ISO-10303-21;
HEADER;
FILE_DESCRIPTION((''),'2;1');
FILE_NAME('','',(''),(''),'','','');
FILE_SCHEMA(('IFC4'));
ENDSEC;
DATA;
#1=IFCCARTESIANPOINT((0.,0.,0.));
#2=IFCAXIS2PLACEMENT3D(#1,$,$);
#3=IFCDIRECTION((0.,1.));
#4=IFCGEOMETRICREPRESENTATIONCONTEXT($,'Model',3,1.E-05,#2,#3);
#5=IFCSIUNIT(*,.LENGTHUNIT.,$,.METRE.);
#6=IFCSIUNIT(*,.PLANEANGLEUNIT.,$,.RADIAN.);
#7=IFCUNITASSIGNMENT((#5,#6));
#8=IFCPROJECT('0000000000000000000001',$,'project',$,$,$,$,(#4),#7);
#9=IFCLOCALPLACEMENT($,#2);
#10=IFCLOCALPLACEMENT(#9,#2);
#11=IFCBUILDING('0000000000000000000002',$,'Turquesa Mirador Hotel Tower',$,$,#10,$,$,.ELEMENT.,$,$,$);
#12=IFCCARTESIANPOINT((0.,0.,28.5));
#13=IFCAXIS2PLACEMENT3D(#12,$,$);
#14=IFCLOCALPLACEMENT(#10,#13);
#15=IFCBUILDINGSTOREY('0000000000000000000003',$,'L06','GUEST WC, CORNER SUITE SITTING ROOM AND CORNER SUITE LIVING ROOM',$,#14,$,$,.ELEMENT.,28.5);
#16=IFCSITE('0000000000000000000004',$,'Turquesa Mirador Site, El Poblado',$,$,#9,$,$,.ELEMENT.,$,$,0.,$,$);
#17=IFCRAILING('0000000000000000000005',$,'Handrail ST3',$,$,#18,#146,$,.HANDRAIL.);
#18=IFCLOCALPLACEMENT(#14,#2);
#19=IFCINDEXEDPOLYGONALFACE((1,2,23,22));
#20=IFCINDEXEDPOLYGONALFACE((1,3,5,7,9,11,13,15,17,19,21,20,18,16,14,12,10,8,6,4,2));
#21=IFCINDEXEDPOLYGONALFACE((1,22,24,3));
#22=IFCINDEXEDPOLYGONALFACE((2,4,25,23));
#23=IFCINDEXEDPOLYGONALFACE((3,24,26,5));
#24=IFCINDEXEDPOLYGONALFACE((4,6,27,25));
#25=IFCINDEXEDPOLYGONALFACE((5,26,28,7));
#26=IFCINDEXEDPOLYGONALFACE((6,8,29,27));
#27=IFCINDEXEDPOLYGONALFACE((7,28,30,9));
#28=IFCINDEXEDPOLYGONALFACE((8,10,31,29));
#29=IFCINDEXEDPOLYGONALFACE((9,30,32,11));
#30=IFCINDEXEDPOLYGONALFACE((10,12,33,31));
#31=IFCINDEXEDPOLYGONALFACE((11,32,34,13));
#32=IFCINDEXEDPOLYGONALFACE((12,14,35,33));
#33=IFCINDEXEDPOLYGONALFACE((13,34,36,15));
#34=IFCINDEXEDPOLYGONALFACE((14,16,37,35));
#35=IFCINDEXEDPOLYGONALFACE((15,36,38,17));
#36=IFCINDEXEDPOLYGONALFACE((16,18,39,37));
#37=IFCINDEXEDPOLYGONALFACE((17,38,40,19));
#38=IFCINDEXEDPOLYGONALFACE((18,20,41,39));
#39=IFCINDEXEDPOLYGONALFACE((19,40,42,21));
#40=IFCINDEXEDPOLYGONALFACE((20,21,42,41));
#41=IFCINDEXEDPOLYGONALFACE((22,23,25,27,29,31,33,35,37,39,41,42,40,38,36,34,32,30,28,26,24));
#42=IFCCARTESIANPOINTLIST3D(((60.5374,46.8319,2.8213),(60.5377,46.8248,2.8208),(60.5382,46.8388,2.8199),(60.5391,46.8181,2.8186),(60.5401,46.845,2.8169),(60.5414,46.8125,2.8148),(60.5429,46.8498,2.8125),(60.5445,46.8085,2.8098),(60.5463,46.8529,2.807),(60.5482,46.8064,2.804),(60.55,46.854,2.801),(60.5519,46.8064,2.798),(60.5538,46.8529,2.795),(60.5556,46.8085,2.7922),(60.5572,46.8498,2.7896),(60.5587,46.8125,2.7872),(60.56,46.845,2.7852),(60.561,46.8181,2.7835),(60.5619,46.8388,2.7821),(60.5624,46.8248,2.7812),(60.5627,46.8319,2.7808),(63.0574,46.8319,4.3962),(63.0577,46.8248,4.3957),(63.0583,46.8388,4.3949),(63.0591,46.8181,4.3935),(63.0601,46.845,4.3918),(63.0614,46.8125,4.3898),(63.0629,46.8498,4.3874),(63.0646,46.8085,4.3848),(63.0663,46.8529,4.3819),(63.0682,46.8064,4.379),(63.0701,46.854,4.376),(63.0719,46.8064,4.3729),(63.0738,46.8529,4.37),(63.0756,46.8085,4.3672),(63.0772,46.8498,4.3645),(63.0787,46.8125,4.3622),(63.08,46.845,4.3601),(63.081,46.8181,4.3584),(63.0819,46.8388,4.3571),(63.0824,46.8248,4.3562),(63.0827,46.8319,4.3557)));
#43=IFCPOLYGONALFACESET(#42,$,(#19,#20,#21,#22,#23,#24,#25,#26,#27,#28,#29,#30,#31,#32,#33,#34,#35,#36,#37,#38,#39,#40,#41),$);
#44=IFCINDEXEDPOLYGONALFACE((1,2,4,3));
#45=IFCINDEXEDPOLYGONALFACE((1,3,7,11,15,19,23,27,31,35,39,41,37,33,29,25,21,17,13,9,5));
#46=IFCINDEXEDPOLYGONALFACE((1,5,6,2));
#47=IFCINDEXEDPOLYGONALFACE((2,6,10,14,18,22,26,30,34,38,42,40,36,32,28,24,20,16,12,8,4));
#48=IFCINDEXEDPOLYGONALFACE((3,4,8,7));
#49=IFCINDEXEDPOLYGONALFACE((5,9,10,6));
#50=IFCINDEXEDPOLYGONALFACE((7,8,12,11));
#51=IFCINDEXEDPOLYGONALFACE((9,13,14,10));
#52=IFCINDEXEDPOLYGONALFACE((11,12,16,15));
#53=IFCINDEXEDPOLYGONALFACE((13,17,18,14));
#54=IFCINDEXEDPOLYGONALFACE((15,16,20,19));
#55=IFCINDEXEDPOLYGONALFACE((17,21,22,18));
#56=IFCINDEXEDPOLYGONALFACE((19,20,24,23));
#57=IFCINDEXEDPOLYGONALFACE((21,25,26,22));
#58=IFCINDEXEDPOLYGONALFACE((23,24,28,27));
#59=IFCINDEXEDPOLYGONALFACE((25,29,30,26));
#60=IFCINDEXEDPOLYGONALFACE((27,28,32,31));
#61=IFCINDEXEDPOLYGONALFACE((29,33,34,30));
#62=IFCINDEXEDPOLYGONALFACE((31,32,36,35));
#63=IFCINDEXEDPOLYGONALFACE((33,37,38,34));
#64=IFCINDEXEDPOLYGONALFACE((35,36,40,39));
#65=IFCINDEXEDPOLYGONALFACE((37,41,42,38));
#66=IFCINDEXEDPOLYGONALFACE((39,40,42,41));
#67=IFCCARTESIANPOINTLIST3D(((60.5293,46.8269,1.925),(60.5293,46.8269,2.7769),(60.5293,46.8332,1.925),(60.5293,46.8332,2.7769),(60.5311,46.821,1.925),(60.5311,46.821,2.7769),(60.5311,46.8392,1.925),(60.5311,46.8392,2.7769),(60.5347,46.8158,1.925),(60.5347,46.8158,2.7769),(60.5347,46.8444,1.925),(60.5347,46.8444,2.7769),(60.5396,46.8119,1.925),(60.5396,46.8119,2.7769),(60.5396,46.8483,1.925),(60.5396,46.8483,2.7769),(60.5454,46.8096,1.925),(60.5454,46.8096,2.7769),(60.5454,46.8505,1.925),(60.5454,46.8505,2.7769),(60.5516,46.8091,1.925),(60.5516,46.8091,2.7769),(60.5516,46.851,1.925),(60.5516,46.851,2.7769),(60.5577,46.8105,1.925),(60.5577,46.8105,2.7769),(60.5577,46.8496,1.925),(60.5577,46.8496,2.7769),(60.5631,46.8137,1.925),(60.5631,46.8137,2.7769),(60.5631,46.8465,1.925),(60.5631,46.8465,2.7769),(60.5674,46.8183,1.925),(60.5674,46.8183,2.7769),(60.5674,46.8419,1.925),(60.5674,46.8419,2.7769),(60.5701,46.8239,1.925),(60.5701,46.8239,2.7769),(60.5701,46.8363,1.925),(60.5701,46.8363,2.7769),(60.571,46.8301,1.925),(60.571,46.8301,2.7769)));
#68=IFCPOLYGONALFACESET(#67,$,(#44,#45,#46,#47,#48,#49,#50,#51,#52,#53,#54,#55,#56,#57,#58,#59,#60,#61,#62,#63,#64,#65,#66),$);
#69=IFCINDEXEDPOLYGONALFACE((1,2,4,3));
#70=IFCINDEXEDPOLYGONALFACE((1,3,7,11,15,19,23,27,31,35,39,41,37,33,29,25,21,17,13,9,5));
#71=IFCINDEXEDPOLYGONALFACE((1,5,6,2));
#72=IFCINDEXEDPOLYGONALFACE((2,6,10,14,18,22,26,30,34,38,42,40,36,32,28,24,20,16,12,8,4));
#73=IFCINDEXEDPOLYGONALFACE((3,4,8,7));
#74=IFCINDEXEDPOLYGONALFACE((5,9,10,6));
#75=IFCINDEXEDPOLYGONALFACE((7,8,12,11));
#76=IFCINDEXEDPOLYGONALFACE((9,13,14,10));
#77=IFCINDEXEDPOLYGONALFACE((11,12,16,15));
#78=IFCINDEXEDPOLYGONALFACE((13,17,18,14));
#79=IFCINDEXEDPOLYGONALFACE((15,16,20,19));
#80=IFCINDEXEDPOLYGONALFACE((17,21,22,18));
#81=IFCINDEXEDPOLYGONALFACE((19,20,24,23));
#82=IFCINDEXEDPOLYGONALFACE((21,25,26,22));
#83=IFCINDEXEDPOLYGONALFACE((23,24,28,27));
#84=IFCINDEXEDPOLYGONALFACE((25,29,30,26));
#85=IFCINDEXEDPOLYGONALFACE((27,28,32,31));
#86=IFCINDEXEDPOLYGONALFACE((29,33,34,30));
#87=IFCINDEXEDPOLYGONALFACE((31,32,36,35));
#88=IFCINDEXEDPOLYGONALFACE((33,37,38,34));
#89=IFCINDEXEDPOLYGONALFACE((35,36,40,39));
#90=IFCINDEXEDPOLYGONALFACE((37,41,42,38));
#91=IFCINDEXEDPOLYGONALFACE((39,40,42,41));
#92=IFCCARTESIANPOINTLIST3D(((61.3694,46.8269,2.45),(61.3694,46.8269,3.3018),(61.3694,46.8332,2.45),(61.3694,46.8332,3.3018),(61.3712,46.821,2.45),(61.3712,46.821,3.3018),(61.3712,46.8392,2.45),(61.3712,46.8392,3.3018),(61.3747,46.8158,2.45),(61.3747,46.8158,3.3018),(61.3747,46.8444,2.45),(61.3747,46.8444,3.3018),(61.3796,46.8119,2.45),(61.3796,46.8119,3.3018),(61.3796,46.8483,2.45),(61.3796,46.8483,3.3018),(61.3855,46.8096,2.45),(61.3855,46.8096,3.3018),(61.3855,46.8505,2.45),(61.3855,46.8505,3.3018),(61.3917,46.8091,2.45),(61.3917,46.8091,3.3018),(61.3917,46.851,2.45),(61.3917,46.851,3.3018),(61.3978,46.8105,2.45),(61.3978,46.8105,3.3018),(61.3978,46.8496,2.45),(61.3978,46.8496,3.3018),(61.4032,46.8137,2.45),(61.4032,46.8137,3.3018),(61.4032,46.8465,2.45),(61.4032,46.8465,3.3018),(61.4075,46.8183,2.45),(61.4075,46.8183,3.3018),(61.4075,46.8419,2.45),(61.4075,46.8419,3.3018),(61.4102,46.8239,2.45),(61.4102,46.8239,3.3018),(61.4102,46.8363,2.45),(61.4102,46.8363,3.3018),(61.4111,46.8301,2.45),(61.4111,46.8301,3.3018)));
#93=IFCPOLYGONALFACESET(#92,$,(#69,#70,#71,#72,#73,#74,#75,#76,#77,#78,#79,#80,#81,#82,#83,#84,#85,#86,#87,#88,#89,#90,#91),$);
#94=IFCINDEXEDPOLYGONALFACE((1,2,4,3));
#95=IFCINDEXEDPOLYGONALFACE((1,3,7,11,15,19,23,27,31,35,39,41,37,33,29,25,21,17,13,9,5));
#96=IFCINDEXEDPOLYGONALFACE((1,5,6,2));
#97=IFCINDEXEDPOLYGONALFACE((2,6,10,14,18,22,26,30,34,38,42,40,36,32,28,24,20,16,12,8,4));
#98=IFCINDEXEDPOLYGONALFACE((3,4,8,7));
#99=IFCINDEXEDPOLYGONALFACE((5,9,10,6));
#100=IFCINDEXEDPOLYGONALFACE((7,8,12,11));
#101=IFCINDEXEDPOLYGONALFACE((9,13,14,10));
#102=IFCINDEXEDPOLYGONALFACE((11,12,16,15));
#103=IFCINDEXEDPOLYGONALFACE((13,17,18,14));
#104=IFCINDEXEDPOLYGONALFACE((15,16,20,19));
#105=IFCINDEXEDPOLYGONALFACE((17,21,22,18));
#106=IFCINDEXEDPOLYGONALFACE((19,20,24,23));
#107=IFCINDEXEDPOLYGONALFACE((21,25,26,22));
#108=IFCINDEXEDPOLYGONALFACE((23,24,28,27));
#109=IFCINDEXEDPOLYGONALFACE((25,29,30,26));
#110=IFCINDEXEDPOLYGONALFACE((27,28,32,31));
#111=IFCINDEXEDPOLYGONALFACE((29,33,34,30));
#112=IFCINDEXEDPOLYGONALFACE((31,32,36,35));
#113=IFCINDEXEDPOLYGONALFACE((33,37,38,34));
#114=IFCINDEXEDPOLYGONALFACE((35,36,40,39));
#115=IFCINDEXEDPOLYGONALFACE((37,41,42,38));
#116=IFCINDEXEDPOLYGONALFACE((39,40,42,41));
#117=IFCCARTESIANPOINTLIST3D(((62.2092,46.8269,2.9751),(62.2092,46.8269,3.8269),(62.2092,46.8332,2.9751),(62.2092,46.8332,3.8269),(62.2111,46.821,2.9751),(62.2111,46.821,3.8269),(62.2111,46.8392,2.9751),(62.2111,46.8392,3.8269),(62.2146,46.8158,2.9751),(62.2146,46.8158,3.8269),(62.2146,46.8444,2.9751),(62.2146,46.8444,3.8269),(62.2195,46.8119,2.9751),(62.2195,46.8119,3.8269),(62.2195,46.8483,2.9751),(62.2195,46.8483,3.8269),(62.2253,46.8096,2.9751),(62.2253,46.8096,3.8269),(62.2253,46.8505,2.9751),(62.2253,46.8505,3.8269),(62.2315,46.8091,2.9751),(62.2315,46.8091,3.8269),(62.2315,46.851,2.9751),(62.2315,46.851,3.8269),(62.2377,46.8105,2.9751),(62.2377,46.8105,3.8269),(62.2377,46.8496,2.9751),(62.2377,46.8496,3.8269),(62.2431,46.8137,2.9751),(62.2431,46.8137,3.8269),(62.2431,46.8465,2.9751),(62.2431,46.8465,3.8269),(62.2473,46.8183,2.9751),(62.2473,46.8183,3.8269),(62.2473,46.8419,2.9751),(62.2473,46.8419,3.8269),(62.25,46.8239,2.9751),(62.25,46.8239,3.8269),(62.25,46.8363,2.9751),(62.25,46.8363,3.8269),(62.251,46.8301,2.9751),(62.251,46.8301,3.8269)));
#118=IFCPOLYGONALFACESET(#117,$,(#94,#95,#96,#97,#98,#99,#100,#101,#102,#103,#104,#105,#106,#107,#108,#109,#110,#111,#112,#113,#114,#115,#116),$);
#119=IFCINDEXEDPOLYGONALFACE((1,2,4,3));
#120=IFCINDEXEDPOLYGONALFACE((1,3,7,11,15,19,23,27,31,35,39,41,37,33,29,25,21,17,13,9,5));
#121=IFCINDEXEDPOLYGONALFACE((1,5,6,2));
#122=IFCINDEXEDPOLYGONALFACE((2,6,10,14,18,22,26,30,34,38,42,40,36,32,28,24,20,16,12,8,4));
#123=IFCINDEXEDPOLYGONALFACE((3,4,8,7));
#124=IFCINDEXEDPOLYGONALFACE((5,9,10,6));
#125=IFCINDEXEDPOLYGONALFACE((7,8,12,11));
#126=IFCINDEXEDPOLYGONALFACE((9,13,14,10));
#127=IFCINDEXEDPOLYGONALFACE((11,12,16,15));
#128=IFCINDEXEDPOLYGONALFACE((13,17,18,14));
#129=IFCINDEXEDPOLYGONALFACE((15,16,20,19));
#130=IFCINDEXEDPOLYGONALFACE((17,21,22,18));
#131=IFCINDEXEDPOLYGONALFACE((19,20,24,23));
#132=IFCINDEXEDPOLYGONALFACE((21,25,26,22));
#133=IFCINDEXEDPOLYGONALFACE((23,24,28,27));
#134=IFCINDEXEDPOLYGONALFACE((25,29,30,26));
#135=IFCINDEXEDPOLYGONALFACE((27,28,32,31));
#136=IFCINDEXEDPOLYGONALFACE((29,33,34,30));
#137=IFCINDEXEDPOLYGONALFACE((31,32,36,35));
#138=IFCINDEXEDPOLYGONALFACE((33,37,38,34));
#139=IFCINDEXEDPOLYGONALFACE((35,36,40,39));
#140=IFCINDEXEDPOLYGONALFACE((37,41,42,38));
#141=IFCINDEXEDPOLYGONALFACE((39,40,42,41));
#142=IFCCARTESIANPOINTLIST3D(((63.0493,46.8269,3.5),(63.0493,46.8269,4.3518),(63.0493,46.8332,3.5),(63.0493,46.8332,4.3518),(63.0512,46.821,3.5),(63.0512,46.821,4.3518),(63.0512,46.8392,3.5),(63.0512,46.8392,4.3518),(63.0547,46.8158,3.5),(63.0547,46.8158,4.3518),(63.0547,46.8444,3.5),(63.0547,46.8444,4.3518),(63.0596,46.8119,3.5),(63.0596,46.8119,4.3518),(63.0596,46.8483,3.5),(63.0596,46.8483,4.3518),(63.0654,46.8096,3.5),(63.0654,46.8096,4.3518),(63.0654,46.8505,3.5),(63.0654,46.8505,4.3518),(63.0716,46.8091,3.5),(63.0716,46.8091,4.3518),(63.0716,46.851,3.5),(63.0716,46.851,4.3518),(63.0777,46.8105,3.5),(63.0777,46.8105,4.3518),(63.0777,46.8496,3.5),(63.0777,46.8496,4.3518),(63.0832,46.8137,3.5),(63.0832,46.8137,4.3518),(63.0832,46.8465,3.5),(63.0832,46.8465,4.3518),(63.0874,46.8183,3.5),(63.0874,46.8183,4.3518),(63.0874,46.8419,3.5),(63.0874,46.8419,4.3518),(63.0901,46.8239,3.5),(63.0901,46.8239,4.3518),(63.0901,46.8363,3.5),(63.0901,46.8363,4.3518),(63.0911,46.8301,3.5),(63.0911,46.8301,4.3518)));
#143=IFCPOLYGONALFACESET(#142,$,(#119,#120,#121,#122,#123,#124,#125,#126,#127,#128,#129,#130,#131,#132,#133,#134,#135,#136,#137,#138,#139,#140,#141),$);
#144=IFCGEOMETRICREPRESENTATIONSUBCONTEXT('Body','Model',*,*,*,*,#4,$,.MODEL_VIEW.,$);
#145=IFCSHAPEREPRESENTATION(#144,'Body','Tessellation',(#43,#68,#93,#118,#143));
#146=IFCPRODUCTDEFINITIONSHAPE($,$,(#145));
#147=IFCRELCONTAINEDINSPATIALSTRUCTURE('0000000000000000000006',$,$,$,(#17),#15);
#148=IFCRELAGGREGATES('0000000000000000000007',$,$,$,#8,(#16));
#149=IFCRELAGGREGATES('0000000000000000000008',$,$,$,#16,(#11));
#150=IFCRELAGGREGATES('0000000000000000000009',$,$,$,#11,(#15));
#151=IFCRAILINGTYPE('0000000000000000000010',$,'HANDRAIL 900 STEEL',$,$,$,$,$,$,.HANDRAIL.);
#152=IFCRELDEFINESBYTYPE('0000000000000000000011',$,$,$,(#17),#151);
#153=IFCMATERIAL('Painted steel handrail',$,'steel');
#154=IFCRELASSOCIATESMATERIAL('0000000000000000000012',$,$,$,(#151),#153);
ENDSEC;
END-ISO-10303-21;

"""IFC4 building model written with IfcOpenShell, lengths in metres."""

from ifc_helpers import new_model, si_unit, direction, frame, origin, origin_2d, place, context, subcontext, project, spatial, circle, extrude, material, type_object, element, save


model = new_model("IFC4")

# Units and contexts
model_context = context("Model", 3, precision=1e-05, world=origin(), true_north=direction((0.0, 1.0)))
body_context = subcontext(model_context, "Body", "Model", "MODEL_VIEW")
ifc_project = project(units=[si_unit("LENGTHUNIT", "METRE"), si_unit("PLANEANGLEUNIT", "RADIAN")], contexts=[model_context])

# Site, building, storey
site_placement = place(None, origin())
site = spatial("IfcSite", under=ifc_project, at=site_placement, Name="Turquesa Mirador Site, El Poblado", CompositionType="ELEMENT", RefElevation=0.0)
building_placement = place(site_placement, origin())
building = spatial("IfcBuilding", under=site, at=building_placement, Name="Turquesa Mirador Hotel Tower", CompositionType="ELEMENT")
storey_placement = place(building_placement, frame((0.0, 0.0, 28.5)))
storey = spatial("IfcBuildingStorey", under=building, at=storey_placement, Name="L06", Description="GUEST WC, CORNER SUITE SITTING ROOM AND CORNER SUITE LIVING ROOM", CompositionType="ELEMENT", Elevation=28.5)

# Railing
ifc_material_1 = material(Name="Painted steel handrail", Category="steel")
railing_type = type_object("IfcRailingType", Name="HANDRAIL 900 STEEL", PredefinedType="HANDRAIL", material=ifc_material_1)
railing_1_placement = place(storey_placement, frame((60.55, 46.8301, 1.925)))
element("IfcRailing", 1, at=railing_1_placement, inside=storey, type_object=railing_type, Name="Handrail ST3", PredefinedType="HANDRAIL", context=body_context, shape_type="SweptSolid", body=[
    extrude(circle(Radius=0.0239, at=origin_2d()), frame((0.0, 0.0, 0.876), z_axis=(0.848008, 0.0, 0.529984), x_axis=(0.0, 1.0, 0.0)), (0.0, 0.0, 1.0), 2.9717),
    extrude(circle(Radius=0.021, at=origin_2d()), origin(), (0.0, 0.0, 1.0), 0.8518),
    extrude(circle(Radius=0.021, at=origin_2d()), frame((0.8401, 0.0, 0.5249)), (0.0, 0.0, 1.0), 0.8518),
    extrude(circle(Radius=0.021, at=origin_2d()), frame((1.6799, 0.0, 1.05)), (0.0, 0.0, 1.0), 0.8518),
    extrude(circle(Radius=0.021, at=origin_2d()), frame((2.52, 0.0, 1.575)), (0.0, 0.0, 1.0), 0.8518),
])

save(model, "model.ifc")
